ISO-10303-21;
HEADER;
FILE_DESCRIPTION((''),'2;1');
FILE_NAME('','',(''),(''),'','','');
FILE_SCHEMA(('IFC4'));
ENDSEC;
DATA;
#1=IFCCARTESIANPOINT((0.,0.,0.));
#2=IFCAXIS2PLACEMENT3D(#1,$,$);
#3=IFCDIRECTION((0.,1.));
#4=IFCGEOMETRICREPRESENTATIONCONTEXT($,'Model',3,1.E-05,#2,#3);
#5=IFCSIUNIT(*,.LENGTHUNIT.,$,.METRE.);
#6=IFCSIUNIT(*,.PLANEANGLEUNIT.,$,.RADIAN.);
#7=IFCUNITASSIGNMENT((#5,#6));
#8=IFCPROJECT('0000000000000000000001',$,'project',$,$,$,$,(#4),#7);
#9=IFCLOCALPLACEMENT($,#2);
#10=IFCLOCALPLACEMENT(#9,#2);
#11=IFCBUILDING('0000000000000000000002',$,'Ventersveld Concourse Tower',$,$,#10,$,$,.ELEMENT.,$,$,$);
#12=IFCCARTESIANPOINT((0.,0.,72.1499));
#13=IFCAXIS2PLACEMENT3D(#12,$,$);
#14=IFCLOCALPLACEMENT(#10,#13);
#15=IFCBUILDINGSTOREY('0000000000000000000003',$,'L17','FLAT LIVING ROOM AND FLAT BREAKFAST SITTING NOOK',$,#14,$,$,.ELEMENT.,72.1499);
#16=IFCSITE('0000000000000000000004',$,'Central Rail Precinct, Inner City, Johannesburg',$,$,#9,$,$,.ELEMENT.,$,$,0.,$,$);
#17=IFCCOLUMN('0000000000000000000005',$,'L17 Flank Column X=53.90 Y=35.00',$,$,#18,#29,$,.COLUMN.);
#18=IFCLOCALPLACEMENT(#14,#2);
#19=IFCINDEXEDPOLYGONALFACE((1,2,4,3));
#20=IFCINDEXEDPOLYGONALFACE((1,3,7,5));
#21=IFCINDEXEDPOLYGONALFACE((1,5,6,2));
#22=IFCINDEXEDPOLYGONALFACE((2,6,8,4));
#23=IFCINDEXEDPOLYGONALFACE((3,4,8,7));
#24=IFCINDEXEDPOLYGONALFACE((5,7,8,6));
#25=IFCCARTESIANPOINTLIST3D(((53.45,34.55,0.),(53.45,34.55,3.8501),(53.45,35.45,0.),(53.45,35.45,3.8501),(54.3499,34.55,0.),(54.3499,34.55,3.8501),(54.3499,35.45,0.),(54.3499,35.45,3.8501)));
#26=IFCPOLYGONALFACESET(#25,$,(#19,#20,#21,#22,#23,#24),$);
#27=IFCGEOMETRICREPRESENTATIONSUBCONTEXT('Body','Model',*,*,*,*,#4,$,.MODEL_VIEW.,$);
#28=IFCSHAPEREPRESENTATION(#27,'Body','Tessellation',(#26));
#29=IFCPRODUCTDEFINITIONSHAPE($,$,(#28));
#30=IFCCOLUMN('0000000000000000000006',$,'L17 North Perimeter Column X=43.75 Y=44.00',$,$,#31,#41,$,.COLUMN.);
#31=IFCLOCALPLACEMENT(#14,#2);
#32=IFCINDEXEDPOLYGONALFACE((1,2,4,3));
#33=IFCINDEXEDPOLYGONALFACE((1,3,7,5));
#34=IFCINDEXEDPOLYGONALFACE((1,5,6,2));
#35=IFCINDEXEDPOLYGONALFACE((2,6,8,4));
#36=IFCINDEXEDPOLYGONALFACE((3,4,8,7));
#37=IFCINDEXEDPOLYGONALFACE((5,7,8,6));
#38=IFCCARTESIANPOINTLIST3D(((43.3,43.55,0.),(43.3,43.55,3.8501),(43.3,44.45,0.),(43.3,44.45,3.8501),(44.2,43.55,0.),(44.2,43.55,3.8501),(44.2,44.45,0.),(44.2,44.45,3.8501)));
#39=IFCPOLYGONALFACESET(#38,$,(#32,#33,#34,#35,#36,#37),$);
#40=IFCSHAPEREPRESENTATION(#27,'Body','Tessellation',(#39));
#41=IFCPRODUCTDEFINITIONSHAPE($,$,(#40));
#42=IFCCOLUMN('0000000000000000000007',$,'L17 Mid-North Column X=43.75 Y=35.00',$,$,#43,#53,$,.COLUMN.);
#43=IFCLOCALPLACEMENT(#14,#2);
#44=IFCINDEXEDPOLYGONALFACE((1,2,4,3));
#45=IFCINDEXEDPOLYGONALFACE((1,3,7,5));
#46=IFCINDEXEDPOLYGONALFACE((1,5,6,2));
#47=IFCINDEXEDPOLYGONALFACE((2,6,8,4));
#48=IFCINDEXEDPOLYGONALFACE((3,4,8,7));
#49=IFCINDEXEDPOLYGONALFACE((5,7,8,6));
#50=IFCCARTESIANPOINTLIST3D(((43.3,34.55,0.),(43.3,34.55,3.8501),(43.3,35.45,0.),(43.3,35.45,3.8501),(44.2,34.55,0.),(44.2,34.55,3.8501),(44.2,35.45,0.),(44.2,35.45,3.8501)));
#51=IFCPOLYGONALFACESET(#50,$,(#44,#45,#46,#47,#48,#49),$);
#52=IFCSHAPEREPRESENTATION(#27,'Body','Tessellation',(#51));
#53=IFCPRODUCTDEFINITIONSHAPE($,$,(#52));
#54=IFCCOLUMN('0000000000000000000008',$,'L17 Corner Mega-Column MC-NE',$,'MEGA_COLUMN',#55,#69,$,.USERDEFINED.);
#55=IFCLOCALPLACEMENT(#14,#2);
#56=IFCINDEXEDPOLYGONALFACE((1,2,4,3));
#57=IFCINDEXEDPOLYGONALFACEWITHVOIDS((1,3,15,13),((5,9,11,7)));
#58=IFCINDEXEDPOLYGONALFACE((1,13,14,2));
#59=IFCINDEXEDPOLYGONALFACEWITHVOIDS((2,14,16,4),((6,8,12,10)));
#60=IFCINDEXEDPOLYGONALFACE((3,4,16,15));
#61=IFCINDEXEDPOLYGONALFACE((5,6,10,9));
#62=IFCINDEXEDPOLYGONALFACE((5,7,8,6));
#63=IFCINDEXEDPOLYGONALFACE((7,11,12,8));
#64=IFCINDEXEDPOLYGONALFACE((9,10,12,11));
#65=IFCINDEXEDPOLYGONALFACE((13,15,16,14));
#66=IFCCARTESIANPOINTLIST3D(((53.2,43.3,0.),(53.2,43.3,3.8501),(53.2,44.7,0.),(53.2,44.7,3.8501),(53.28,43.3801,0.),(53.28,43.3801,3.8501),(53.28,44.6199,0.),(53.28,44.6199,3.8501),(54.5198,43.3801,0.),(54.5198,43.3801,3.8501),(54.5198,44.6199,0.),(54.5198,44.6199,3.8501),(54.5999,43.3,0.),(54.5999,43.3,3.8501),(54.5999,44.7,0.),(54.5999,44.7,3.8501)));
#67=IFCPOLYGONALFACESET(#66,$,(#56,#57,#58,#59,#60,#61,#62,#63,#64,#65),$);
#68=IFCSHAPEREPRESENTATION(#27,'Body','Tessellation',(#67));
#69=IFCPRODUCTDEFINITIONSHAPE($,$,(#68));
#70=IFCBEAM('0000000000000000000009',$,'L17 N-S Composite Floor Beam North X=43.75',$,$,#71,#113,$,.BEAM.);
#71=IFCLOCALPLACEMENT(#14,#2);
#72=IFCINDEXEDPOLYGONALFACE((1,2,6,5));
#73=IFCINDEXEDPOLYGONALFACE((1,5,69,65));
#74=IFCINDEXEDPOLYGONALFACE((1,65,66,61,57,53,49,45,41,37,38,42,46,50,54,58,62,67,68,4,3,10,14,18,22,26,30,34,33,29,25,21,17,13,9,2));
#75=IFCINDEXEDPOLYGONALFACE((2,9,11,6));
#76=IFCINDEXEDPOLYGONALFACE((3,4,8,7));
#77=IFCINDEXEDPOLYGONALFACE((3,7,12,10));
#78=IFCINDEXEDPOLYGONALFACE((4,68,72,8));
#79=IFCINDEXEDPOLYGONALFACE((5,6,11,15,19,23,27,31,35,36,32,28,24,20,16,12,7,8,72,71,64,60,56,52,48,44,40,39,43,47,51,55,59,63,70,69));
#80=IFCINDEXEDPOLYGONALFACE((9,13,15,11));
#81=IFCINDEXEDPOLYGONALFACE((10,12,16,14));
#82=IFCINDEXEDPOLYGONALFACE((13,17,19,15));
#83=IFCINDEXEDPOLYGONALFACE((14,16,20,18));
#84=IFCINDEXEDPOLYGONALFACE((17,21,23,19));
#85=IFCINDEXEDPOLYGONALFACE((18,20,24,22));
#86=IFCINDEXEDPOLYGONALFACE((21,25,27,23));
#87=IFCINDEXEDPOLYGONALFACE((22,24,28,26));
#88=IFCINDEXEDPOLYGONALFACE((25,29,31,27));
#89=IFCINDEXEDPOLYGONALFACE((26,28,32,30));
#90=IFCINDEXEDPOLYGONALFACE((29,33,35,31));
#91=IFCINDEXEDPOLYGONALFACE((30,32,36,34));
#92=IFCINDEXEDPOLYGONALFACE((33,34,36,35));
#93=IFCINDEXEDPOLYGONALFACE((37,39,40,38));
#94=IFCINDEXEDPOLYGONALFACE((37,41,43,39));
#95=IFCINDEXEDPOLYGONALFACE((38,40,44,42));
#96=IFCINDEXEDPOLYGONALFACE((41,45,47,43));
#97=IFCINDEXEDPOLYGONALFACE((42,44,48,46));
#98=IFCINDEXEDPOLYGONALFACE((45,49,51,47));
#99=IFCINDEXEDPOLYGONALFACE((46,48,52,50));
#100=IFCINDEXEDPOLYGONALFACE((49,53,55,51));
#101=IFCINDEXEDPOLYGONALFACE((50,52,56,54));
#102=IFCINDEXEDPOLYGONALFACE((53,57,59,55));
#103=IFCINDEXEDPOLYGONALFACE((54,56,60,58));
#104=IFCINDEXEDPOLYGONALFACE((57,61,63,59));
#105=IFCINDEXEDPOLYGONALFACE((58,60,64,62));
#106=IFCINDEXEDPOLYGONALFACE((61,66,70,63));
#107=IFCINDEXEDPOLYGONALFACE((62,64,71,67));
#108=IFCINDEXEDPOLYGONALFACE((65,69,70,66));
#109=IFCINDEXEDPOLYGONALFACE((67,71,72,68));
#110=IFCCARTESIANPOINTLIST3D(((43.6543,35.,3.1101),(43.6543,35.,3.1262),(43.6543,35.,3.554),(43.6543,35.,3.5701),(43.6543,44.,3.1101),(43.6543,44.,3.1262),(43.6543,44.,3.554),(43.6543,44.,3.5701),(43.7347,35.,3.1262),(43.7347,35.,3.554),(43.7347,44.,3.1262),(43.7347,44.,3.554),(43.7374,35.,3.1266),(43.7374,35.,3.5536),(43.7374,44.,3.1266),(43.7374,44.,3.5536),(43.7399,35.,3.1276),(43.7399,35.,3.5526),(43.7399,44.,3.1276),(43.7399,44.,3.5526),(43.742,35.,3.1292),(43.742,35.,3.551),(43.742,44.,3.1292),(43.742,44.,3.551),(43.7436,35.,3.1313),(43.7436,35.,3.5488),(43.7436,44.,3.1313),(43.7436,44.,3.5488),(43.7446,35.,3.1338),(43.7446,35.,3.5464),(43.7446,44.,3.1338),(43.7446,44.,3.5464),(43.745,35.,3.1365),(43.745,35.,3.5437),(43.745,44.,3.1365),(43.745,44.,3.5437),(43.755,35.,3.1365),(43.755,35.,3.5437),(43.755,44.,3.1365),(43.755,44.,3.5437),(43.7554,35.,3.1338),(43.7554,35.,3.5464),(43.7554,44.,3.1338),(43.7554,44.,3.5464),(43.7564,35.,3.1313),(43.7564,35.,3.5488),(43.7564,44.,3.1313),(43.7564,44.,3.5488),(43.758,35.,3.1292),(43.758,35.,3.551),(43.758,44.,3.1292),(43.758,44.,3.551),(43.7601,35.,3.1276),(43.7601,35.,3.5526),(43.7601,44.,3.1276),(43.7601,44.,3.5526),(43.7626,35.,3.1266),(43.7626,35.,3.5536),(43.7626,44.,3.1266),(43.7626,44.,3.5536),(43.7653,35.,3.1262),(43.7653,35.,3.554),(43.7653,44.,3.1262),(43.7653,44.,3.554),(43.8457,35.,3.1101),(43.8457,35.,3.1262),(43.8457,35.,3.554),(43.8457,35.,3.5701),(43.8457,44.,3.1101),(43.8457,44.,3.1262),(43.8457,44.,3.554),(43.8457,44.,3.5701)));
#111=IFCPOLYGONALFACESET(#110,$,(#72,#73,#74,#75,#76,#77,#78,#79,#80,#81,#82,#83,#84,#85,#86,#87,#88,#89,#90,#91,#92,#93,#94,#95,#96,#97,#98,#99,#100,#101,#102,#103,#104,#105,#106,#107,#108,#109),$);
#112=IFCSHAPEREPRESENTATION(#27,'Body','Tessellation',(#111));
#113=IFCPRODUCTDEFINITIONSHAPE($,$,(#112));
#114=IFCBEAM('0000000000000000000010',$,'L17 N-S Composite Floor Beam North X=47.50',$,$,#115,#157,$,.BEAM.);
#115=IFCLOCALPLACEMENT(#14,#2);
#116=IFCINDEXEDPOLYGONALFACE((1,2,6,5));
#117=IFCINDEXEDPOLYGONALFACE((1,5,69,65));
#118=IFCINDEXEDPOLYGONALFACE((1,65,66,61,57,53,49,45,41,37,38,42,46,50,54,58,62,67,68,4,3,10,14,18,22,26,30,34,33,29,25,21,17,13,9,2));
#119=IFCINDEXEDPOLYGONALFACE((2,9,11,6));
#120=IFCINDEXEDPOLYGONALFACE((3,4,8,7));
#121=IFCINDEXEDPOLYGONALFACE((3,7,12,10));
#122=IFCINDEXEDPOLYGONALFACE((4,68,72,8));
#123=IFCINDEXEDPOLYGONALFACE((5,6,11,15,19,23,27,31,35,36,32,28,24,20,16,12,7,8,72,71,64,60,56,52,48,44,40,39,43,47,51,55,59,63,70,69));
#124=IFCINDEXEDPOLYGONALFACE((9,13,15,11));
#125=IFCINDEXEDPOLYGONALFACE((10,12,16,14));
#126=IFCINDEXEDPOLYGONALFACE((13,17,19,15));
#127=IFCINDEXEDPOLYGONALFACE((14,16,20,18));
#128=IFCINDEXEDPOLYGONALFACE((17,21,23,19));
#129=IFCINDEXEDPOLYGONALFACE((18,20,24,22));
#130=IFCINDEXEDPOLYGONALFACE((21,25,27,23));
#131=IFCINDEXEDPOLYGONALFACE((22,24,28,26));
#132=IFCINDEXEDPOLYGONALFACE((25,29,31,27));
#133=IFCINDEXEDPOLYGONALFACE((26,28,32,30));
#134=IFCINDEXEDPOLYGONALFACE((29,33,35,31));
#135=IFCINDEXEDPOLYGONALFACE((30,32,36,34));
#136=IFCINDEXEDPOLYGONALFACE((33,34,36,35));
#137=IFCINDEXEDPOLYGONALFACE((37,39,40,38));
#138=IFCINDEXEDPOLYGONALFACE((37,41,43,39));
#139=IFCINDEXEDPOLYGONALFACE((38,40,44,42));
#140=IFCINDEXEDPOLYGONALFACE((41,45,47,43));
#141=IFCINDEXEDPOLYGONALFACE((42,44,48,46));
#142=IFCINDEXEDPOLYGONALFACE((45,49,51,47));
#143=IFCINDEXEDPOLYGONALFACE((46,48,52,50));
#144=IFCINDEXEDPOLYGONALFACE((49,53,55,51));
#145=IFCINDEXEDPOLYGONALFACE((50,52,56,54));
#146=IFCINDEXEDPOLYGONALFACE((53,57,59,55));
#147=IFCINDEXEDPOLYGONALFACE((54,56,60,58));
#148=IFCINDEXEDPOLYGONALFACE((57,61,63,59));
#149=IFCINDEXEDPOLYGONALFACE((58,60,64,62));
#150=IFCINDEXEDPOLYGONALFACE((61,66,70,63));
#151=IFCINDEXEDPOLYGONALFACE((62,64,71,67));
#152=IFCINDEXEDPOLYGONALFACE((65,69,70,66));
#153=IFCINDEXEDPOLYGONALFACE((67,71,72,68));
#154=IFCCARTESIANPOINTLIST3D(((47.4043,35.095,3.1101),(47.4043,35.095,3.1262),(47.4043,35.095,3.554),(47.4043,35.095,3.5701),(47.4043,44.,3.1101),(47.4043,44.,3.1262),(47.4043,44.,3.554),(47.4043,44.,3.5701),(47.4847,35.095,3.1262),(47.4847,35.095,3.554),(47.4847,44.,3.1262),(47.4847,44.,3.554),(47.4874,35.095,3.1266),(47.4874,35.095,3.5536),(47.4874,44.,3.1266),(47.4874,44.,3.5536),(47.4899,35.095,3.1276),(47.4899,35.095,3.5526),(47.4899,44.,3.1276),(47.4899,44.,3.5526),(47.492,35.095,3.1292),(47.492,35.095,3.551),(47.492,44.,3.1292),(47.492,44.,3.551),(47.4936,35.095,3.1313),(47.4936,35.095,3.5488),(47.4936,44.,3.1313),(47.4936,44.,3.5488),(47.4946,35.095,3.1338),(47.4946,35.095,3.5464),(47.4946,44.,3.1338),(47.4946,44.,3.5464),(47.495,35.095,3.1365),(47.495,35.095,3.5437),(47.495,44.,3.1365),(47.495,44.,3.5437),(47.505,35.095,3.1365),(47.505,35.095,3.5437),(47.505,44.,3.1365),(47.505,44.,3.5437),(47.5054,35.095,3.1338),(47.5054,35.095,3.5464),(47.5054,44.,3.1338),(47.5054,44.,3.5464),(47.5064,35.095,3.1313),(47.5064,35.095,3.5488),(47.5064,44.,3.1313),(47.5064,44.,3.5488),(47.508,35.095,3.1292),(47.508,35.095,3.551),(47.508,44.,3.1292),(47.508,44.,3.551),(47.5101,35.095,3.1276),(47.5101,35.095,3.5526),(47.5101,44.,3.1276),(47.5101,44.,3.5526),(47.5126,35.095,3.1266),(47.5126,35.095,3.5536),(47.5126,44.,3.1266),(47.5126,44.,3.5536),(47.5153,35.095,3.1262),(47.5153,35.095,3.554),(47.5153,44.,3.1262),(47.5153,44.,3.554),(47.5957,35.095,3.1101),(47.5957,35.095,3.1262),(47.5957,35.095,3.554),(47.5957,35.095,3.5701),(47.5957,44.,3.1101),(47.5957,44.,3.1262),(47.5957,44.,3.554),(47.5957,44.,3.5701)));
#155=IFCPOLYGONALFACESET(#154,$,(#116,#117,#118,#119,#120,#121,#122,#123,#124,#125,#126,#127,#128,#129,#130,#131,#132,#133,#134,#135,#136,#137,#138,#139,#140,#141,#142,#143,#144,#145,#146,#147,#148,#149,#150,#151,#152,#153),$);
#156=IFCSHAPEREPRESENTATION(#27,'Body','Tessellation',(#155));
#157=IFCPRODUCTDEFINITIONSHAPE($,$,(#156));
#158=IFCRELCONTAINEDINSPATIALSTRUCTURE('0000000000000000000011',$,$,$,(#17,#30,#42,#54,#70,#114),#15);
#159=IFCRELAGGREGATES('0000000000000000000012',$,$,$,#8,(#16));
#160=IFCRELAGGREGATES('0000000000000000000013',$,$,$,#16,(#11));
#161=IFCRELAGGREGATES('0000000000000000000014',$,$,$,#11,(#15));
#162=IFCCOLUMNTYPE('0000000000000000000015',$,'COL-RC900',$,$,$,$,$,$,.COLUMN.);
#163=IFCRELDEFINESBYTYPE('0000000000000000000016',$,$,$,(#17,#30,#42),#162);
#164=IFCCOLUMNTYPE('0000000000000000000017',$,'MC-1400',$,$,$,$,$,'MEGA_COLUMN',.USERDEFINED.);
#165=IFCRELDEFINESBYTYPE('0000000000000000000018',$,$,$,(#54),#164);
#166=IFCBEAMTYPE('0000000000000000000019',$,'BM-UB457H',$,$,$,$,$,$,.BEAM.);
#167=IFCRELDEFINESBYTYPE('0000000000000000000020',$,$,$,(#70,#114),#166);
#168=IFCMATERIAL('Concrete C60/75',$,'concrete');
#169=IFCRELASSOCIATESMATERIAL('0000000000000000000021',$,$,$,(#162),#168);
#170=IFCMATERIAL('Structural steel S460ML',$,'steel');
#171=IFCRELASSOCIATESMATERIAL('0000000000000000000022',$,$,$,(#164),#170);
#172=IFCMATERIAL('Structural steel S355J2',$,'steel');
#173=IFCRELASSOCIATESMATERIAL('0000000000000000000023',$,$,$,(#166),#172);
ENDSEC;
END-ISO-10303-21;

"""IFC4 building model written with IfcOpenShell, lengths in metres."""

from ifc_helpers import new_model, si_unit, direction, frame, origin, origin_2d, place, context, subcontext, project, spatial, rectangle, hollow_rectangle, i_section, extrude, material, material_profile, profile_set, type_object, element, save


model = new_model("IFC4")

# Units and contexts
model_context = context("Model", 3, precision=1e-05, world=origin(), true_north=direction((0.0, 1.0)))
body_context = subcontext(model_context, "Body", "Model", "MODEL_VIEW")
ifc_project = project(units=[si_unit("LENGTHUNIT", "METRE"), si_unit("PLANEANGLEUNIT", "RADIAN")], contexts=[model_context])

# Site, building, storey
site_placement = place(None, origin())
site = spatial("IfcSite", under=ifc_project, at=site_placement, Name="Central Rail Precinct, Inner City, Johannesburg", CompositionType="ELEMENT", RefElevation=0.0)
building_placement = place(site_placement, origin())
building = spatial("IfcBuilding", under=site, at=building_placement, Name="Ventersveld Concourse Tower", CompositionType="ELEMENT")
storey_placement = place(building_placement, frame((0.0, 0.0, 72.1499)))
storey = spatial("IfcBuildingStorey", under=building, at=storey_placement, Name="L17", Description="FLAT LIVING ROOM AND FLAT BREAKFAST SITTING NOOK", CompositionType="ELEMENT", Elevation=72.1499)

# Columns
ifc_material_1 = material(Name="Concrete C60/75", Category="concrete")
ifc_material_profile_1 = material_profile(ifc_material_1, rectangle(XDim=0.8999, YDim=0.8999, at=origin_2d()), Name="RC 900x900")
ifc_profile_set_1 = profile_set([ifc_material_profile_1], Name="Concrete C60/75")
column_type_1 = type_object("IfcColumnType", Name="COL-RC900", PredefinedType="COLUMN", material=ifc_profile_set_1)
for number, where, z_axis, x_axis, name in (
    (1, (53.8999, 35.0, 0.0), (0.0, 0.0, 1.0), (1.0, 0.0, 0.0), "L17 Flank Column X=53.90 Y=35.00"),
    (2, (43.75, 44.0, 0.0), (0.0, 0.0, 1.0), (1.0, 0.0, 0.0), "L17 North Perimeter Column X=43.75 Y=44.00"),
    (3, (43.75, 35.0, 0.0), (0.0, 0.0, 1.0), (1.0, 0.0, 0.0), "L17 Mid-North Column X=43.75 Y=35.00"),
):
    element("IfcColumn", number, at=place(storey_placement, frame(where, z_axis=z_axis, x_axis=x_axis)), inside=storey, type_object=column_type_1, Name=name, PredefinedType="COLUMN", context=body_context, shape_type="SweptSolid", body=[
        extrude(rectangle(XDim=0.8999, YDim=0.8999, at=origin_2d()), origin(), (0.0, 0.0, 1.0), 3.8501),
    ])
ifc_material_2 = material(Name="Structural steel S460ML", Category="steel")
ifc_material_profile_2 = material_profile(ifc_material_2, hollow_rectangle(XDim=1.3999, YDim=1.3999, WallThickness=0.0801, at=origin_2d()), Name="BOX 1400x1400x80")
ifc_profile_set_2 = profile_set([ifc_material_profile_2], Name="Structural steel S460ML")
column_type_2 = type_object("IfcColumnType", Name="MC-1400", ElementType="MEGA_COLUMN", PredefinedType="USERDEFINED", material=ifc_profile_set_2)
column_placement = place(storey_placement, frame((53.8999, 44.0, 0.0), z_axis=(0.0, 0.0, 1.0), x_axis=(1.0, 0.0, 0.0)))
element("IfcColumn", 4, at=column_placement, inside=storey, type_object=column_type_2, Name="L17 Corner Mega-Column MC-NE", ObjectType="MEGA_COLUMN", PredefinedType="USERDEFINED", context=body_context, shape_type="SweptSolid", body=[
    extrude(hollow_rectangle(XDim=1.3999, YDim=1.3999, WallThickness=0.0801, at=origin_2d()), origin(), (0.0, 0.0, 1.0), 3.8501),
])

# Beams
ifc_material_3 = material(Name="Structural steel S355J2", Category="steel")
ifc_material_profile_3 = material_profile(ifc_material_3, i_section(OverallWidth=0.1914, OverallDepth=0.46, WebThickness=0.01, FlangeThickness=0.0161, FilletRadius=0.0103, at=origin_2d()), Name="UB 457x191x82")
ifc_profile_set_3 = profile_set([ifc_material_profile_3], Name="Structural steel S355J2")
beam_type_1 = type_object("IfcBeamType", Name="BM-UB457H", PredefinedType="BEAM", material=ifc_profile_set_3)
beam_1_placement = place(storey_placement, frame((43.75, 35.0, 3.3401), z_axis=(0.0, 1.0, 0.0), x_axis=(-1.0, 0.0, 0.0)))
element("IfcBeam", 5, at=beam_1_placement, inside=storey, type_object=beam_type_1, Name="L17 N-S Composite Floor Beam North X=43.75", PredefinedType="BEAM", context=body_context, shape_type="SweptSolid", body=[
    extrude(i_section(OverallWidth=0.1914, OverallDepth=0.46, WebThickness=0.01, FlangeThickness=0.0161, FilletRadius=0.0103, at=origin_2d()), origin(), (0.0, 0.0, 1.0), 9.0),
])
beam_2_placement = place(storey_placement, frame((47.5, 35.095, 3.3401), z_axis=(0.0, 1.0, 0.0), x_axis=(-1.0, 0.0, 0.0)))
element("IfcBeam", 6, at=beam_2_placement, inside=storey, type_object=beam_type_1, Name="L17 N-S Composite Floor Beam North X=47.50", PredefinedType="BEAM", context=body_context, shape_type="SweptSolid", body=[
    extrude(i_section(OverallWidth=0.1914, OverallDepth=0.46, WebThickness=0.01, FlangeThickness=0.0161, FilletRadius=0.0103, at=origin_2d()), origin(), (0.0, 0.0, 1.0), 8.905),
])

save(model, "model.ifc")
